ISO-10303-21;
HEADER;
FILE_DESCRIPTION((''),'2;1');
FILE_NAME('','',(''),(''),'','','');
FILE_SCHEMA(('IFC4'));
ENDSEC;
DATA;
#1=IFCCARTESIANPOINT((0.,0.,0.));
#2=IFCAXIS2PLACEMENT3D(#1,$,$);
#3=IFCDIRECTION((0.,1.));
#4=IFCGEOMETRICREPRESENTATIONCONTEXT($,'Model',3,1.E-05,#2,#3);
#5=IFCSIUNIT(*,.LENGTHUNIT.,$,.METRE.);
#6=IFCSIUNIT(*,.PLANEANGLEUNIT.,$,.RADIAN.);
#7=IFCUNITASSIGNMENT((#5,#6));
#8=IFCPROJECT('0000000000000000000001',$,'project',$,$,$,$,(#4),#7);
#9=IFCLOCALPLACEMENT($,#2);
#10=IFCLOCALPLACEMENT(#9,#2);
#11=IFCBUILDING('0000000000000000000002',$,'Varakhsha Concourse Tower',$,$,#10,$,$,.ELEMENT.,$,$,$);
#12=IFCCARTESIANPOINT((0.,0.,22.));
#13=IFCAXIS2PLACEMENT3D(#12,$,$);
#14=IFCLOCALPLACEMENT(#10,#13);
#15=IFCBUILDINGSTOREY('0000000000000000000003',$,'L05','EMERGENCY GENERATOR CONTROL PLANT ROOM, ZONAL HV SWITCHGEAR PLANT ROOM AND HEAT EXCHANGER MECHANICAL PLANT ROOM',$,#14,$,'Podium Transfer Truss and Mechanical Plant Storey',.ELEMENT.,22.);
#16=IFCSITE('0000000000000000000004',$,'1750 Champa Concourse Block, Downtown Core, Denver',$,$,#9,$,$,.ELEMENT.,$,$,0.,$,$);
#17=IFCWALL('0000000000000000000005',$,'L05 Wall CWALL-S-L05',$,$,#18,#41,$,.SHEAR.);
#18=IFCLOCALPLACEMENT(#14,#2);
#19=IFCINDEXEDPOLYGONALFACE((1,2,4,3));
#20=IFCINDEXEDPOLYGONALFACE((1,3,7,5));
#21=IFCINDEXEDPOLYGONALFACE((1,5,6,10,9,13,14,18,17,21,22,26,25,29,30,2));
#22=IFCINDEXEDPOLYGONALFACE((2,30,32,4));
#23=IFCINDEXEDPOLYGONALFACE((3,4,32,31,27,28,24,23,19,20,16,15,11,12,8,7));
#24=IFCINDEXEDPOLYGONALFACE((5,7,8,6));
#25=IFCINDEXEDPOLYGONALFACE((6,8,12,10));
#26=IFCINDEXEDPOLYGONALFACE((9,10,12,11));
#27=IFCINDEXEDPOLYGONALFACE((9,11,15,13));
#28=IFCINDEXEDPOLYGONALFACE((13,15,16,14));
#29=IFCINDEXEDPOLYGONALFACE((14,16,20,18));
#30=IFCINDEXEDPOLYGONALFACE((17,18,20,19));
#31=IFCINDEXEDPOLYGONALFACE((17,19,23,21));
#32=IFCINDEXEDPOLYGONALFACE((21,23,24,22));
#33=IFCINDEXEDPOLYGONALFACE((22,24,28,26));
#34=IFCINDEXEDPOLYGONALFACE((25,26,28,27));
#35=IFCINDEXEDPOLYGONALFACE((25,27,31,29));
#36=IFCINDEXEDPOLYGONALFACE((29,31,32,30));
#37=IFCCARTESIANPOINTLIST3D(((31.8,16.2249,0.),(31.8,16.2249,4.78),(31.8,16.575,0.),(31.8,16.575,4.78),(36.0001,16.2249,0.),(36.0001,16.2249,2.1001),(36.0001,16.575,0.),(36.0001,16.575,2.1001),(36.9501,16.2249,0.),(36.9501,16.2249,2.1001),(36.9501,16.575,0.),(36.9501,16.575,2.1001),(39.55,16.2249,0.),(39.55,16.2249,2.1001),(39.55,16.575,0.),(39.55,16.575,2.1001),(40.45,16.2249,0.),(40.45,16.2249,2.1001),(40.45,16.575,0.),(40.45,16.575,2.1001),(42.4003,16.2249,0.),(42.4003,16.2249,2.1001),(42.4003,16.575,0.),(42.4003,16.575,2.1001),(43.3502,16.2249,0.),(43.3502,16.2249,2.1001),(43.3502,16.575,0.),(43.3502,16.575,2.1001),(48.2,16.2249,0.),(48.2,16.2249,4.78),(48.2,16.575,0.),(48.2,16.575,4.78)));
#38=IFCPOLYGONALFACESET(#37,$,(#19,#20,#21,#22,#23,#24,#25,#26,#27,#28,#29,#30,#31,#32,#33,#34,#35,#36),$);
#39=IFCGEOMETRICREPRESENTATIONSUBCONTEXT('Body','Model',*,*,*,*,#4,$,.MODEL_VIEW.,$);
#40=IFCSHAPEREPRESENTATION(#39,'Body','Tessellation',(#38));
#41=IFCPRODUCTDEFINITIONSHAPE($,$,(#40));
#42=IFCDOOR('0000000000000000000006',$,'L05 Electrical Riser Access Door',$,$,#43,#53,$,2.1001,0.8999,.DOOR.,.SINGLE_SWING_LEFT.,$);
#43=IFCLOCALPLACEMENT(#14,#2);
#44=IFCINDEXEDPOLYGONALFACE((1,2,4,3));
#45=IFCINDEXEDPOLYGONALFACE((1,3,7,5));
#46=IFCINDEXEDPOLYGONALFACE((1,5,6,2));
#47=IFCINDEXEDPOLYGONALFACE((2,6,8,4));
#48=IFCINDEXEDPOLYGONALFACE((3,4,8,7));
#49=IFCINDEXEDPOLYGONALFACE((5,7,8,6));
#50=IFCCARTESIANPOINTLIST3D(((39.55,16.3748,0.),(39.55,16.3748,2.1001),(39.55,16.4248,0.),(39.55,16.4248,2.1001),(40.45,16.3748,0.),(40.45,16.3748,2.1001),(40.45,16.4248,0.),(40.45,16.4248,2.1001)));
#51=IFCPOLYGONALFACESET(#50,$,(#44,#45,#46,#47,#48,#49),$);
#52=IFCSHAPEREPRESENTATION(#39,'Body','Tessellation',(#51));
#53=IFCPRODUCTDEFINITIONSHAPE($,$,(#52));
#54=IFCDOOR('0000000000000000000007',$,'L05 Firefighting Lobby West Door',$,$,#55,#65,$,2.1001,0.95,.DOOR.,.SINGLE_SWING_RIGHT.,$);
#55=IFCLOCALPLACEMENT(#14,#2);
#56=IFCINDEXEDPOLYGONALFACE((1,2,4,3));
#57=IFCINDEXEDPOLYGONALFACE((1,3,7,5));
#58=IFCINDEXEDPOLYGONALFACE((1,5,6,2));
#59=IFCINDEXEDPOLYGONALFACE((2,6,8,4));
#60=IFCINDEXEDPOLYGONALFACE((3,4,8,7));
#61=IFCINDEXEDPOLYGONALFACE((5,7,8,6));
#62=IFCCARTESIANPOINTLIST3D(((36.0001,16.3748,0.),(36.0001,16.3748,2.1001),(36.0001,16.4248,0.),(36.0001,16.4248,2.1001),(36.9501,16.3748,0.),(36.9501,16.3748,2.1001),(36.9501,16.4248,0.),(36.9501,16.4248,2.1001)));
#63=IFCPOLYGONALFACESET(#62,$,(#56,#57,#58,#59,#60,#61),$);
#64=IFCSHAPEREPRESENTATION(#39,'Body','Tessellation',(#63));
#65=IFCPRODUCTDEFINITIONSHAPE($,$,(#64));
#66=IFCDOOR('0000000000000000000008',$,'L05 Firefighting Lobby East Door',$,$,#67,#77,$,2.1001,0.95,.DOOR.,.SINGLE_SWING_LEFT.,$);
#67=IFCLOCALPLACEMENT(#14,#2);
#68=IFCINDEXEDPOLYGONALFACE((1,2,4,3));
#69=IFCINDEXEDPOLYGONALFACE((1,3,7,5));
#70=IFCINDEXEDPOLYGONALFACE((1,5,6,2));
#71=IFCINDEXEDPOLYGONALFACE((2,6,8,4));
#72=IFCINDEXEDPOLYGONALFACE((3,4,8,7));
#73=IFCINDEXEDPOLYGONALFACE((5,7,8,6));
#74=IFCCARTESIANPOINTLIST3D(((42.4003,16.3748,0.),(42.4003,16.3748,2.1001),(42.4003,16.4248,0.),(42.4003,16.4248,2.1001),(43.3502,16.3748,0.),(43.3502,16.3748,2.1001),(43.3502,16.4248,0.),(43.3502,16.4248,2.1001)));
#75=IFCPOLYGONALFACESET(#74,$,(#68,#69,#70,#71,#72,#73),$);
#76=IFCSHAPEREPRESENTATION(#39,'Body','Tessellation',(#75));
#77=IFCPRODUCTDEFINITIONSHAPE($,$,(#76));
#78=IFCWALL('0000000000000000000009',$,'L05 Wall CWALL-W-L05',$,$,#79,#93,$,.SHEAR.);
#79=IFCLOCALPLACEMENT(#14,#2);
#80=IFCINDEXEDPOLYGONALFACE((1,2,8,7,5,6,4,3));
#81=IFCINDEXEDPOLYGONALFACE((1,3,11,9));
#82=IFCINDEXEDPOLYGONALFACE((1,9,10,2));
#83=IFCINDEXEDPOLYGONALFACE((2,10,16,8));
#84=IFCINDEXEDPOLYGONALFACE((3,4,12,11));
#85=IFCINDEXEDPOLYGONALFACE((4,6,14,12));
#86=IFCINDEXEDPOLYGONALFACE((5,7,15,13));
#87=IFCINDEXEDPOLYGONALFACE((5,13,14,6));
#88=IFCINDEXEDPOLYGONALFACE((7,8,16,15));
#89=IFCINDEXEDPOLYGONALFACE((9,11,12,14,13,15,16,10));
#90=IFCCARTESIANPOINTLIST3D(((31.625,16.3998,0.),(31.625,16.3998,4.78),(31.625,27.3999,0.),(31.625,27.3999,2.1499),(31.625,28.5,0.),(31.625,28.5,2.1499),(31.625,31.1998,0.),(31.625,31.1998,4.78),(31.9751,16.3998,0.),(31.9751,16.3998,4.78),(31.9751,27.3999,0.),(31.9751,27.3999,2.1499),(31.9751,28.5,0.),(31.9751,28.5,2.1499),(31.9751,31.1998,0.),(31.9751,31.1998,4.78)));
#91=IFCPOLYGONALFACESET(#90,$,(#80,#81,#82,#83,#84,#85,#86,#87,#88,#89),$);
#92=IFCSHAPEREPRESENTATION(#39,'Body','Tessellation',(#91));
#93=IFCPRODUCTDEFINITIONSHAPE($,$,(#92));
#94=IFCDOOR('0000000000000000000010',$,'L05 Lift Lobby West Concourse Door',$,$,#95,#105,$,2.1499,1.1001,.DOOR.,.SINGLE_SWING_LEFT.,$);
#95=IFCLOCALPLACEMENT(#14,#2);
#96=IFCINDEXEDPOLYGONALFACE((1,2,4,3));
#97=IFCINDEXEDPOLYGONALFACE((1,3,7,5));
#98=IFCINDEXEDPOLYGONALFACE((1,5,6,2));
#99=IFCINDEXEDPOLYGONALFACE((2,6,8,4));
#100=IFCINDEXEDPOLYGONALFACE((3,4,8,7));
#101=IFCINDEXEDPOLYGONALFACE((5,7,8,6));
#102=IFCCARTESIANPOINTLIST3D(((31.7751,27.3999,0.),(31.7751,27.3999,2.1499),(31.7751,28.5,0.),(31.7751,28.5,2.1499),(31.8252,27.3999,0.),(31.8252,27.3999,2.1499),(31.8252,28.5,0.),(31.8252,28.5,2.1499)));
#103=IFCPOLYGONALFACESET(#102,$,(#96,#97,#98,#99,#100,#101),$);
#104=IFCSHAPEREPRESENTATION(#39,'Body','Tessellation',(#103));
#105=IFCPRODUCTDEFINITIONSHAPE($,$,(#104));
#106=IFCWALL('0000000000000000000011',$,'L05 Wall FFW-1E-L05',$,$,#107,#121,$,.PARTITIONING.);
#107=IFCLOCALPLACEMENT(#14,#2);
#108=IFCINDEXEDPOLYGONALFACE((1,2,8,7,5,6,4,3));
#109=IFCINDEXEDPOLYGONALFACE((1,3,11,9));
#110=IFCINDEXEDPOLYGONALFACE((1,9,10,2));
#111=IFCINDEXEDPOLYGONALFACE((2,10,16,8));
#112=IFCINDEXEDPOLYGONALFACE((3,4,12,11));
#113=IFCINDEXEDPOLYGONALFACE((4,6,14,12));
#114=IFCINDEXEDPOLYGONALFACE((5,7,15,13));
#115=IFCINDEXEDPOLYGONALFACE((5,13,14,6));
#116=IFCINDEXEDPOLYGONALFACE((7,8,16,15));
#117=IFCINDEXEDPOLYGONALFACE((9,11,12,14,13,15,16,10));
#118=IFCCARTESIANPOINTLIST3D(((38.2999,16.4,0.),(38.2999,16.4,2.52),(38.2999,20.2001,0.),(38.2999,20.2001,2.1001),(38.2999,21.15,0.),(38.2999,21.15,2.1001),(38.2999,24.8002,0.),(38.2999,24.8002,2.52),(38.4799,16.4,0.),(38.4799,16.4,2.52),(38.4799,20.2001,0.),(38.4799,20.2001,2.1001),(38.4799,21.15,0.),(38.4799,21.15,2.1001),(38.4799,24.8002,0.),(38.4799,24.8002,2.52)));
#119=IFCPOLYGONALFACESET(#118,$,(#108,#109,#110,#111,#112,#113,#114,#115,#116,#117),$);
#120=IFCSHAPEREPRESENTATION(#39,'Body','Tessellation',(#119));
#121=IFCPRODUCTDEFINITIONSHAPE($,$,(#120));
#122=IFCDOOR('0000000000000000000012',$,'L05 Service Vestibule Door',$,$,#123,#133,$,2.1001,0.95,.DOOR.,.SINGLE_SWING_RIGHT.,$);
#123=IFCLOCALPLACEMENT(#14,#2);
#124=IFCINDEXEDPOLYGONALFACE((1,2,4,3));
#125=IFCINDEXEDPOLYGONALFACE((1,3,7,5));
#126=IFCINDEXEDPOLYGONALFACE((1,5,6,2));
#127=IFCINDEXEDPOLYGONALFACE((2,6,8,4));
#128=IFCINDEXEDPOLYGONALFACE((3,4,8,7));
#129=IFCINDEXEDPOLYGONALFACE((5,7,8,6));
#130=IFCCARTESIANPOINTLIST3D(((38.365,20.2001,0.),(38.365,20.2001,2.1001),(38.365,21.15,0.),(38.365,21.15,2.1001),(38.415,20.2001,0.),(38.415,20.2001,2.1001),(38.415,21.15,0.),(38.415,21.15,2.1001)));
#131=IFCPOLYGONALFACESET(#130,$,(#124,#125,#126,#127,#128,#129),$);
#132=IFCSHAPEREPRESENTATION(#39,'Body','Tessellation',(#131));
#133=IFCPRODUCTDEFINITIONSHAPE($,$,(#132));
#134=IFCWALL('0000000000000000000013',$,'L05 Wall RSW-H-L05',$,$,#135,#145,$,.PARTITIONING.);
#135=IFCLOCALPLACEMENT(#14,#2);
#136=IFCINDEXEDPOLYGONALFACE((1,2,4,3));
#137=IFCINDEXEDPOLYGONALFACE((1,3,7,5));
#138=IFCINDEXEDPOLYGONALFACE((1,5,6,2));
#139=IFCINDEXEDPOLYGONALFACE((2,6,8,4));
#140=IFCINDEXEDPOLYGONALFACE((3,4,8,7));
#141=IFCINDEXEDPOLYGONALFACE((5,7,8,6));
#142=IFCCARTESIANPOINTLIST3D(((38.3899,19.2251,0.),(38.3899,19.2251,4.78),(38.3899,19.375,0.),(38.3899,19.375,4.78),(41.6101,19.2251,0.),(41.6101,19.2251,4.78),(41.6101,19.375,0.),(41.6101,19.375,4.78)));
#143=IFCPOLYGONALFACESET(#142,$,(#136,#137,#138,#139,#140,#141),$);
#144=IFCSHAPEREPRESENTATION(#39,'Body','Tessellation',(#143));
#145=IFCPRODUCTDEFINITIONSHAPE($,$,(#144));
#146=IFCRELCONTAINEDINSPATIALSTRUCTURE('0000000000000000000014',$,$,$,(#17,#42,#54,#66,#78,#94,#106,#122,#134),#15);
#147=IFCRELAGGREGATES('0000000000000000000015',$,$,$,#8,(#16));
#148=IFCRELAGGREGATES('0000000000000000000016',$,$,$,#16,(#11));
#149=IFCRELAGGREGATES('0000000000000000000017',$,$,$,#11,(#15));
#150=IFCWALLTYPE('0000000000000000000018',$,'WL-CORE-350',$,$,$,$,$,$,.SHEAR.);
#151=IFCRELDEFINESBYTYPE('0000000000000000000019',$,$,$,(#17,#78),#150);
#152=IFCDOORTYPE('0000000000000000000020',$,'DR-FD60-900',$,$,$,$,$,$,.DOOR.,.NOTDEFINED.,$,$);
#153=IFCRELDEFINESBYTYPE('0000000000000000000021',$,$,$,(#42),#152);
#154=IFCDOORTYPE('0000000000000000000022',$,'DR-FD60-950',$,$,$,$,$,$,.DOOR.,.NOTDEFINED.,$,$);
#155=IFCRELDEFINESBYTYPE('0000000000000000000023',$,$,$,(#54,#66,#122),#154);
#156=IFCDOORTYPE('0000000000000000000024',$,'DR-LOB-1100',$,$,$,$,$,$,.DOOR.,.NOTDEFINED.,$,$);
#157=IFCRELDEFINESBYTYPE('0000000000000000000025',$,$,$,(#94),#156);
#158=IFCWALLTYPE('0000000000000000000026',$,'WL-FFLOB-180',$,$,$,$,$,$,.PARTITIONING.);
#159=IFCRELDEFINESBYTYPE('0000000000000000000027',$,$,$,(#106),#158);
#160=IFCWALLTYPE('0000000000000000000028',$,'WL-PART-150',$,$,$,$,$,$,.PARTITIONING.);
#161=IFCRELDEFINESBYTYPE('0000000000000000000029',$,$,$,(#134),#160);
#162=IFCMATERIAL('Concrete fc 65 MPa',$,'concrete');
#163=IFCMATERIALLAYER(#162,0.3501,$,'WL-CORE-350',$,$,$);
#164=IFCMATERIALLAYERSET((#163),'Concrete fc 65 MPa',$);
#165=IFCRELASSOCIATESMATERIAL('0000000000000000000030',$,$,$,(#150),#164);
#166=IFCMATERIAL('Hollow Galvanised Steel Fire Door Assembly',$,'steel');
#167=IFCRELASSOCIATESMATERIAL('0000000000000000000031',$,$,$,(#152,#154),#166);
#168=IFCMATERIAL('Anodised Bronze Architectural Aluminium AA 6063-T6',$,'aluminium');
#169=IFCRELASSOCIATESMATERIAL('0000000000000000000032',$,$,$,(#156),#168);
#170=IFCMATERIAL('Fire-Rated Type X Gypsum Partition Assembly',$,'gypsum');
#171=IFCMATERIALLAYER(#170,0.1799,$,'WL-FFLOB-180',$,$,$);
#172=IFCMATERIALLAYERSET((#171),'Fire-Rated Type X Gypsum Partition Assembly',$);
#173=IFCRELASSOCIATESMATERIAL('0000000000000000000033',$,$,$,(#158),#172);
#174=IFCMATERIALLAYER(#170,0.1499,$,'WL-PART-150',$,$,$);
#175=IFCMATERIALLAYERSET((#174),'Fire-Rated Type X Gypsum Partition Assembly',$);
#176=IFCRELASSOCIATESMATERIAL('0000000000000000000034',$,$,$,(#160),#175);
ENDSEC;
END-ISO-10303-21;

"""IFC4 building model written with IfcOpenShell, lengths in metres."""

from ifc_helpers import new_model, si_unit, direction, frame, frame_2d, origin, place, context, subcontext, project, spatial, rectangle, extrude, material, layer, layer_set, type_object, element, fill, save


model = new_model("IFC4")

# Units and contexts
model_context = context("Model", 3, precision=1e-05, world=origin(), true_north=direction((0.0, 1.0)))
body_context = subcontext(model_context, "Body", "Model", "MODEL_VIEW")
ifc_project = project(units=[si_unit("LENGTHUNIT", "METRE"), si_unit("PLANEANGLEUNIT", "RADIAN")], contexts=[model_context])

# Site, building, storey
site_placement = place(None, origin())
site = spatial("IfcSite", under=ifc_project, at=site_placement, Name="1750 Champa Concourse Block, Downtown Core, Denver", CompositionType="ELEMENT", RefElevation=0.0)
building_placement = place(site_placement, origin())
building = spatial("IfcBuilding", under=site, at=building_placement, Name="Varakhsha Concourse Tower", CompositionType="ELEMENT")
storey_placement = place(building_placement, frame((0.0, 0.0, 22.0)))
storey = spatial("IfcBuildingStorey", under=building, at=storey_placement, Name="L05", Description="EMERGENCY GENERATOR CONTROL PLANT ROOM, ZONAL HV SWITCHGEAR PLANT ROOM AND HEAT EXCHANGER MECHANICAL PLANT ROOM", LongName="Podium Transfer Truss and Mechanical Plant Storey", CompositionType="ELEMENT", Elevation=22.0)

# Shared definitions
ifc_material_1 = material(Name="Concrete fc 65 MPa", Category="concrete")

# Wall, openings, doors
ifc_layer_1 = layer(ifc_material_1, 0.3501, Name="WL-CORE-350")
ifc_layer_set_1 = layer_set([ifc_layer_1], Name="Concrete fc 65 MPa")
wall_type_1 = type_object("IfcWallType", Name="WL-CORE-350", PredefinedType="SHEAR", material=ifc_layer_set_1)
wall_1_placement = place(storey_placement, frame((31.8, 16.3999, 0.0), z_axis=(0.0, 0.0, 1.0), x_axis=(1.0, 0.0, 0.0)))
wall_1 = element("IfcWall", 1, at=wall_1_placement, inside=storey, type_object=wall_type_1, Name="L05 Wall CWALL-S-L05", PredefinedType="SHEAR", context=body_context, shape_type="SweptSolid", body=[
    extrude(rectangle(XDim=16.3999, YDim=0.3501, at=frame_2d((8.2, 0.0))), origin(), (0.0, 0.0, 1.0), 4.78),
])
opening_1_placement = place(wall_1_placement, frame((7.75, 0.0, 0.0)))
opening_1 = element("IfcOpeningElement", 2, at=opening_1_placement, cuts=wall_1, PredefinedType="OPENING", context=body_context, shape_type="SweptSolid", body=[
    extrude(rectangle(XDim=0.8999, YDim=2.1001, at=frame_2d((0.45, 1.05))), frame((0.0, 0.1851, 0.0), z_axis=(0.0, -1.0, 0.0), x_axis=(1.0, 0.0, 0.0)), (0.0, 0.0, 1.0), 0.3701),
])
opening_2_placement = place(wall_1_placement, frame((4.2, 0.0, 0.0)))
opening_2 = element("IfcOpeningElement", 3, at=opening_2_placement, cuts=wall_1, PredefinedType="OPENING", context=body_context, shape_type="SweptSolid", body=[
    extrude(rectangle(XDim=0.95, YDim=2.1001, at=frame_2d((0.4751, 1.05))), frame((0.0, 0.1851, 0.0), z_axis=(0.0, -1.0, 0.0), x_axis=(1.0, 0.0, 0.0)), (0.0, 0.0, 1.0), 0.3701),
])
opening_3_placement = place(wall_1_placement, frame((10.6001, 0.0, 0.0)))
opening_3 = element("IfcOpeningElement", 4, at=opening_3_placement, cuts=wall_1, PredefinedType="OPENING", context=body_context, shape_type="SweptSolid", body=[
    extrude(rectangle(XDim=0.95, YDim=2.1001, at=frame_2d((0.4751, 1.05))), frame((0.0, 0.1851, 0.0), z_axis=(0.0, -1.0, 0.0), x_axis=(1.0, 0.0, 0.0)), (0.0, 0.0, 1.0), 0.3701),
])
ifc_material_2 = material(Name="Hollow Galvanised Steel Fire Door Assembly", Category="steel")
door_type_1 = type_object("IfcDoorType", Name="DR-FD60-900", OperationType="NOTDEFINED", PredefinedType="DOOR", material=ifc_material_2)
door_1_placement = place(opening_1_placement, origin())
door_1 = element("IfcDoor", 5, at=door_1_placement, inside=storey, type_object=door_type_1, Name="L05 Electrical Riser Access Door", OperationType="SINGLE_SWING_LEFT", OverallHeight=2.1001, OverallWidth=0.8999, PredefinedType="DOOR", context=body_context, shape_type="SweptSolid", body=[
    extrude(rectangle(XDim=0.8999, YDim=2.1001, at=frame_2d((0.45, 1.05))), frame((0.0, 0.0249, 0.0), z_axis=(0.0, -1.0, 0.0), x_axis=(1.0, 0.0, 0.0)), (0.0, 0.0, 1.0), 0.05),
])
fill(opening_1, door_1)
door_type_2 = type_object("IfcDoorType", Name="DR-FD60-950", OperationType="NOTDEFINED", PredefinedType="DOOR", material=ifc_material_2)
door_2_placement = place(opening_2_placement, origin())
door_2 = element("IfcDoor", 6, at=door_2_placement, inside=storey, type_object=door_type_2, Name="L05 Firefighting Lobby West Door", OperationType="SINGLE_SWING_RIGHT", OverallHeight=2.1001, OverallWidth=0.95, PredefinedType="DOOR", context=body_context, shape_type="SweptSolid", body=[
    extrude(rectangle(XDim=0.95, YDim=2.1001, at=frame_2d((0.4751, 1.05))), frame((0.0, 0.0249, 0.0), z_axis=(0.0, -1.0, 0.0), x_axis=(1.0, 0.0, 0.0)), (0.0, 0.0, 1.0), 0.05),
])
fill(opening_2, door_2)
door_3_placement = place(opening_3_placement, origin())
door_3 = element("IfcDoor", 7, at=door_3_placement, inside=storey, type_object=door_type_2, Name="L05 Firefighting Lobby East Door", OperationType="SINGLE_SWING_LEFT", OverallHeight=2.1001, OverallWidth=0.95, PredefinedType="DOOR", context=body_context, shape_type="SweptSolid", body=[
    extrude(rectangle(XDim=0.95, YDim=2.1001, at=frame_2d((0.4751, 1.05))), frame((0.0, 0.0249, 0.0), z_axis=(0.0, -1.0, 0.0), x_axis=(1.0, 0.0, 0.0)), (0.0, 0.0, 1.0), 0.05),
])
fill(opening_3, door_3)

# Walls, openings, doors
wall_2_placement = place(storey_placement, frame((31.8, 16.3999, 0.0), z_axis=(0.0, 0.0, 1.0), x_axis=(0.0, 1.0, 0.0)))
wall_2 = element("IfcWall", 8, at=wall_2_placement, inside=storey, type_object=wall_type_1, Name="L05 Wall CWALL-W-L05", PredefinedType="SHEAR", context=body_context, shape_type="SweptSolid", body=[
    extrude(rectangle(XDim=14.8, YDim=0.3501, at=frame_2d((7.3999, 0.0))), origin(), (0.0, 0.0, 1.0), 4.78),
])
opening_4_placement = place(wall_2_placement, frame((11.0, 0.0, 0.0)))
opening_4 = element("IfcOpeningElement", 9, at=opening_4_placement, cuts=wall_2, PredefinedType="OPENING", context=body_context, shape_type="SweptSolid", body=[
    extrude(rectangle(XDim=1.1001, YDim=2.1499, at=frame_2d((0.55, 1.075))), frame((0.0, 0.1851, 0.0), z_axis=(0.0, -1.0, 0.0), x_axis=(1.0, 0.0, 0.0)), (0.0, 0.0, 1.0), 0.3701),
])
ifc_material_3 = material(Name="Anodised Bronze Architectural Aluminium AA 6063-T6", Category="aluminium")
door_type_3 = type_object("IfcDoorType", Name="DR-LOB-1100", OperationType="NOTDEFINED", PredefinedType="DOOR", material=ifc_material_3)
door_4_placement = place(opening_4_placement, origin())
door_4 = element("IfcDoor", 10, at=door_4_placement, inside=storey, type_object=door_type_3, Name="L05 Lift Lobby West Concourse Door", OperationType="SINGLE_SWING_LEFT", OverallHeight=2.1499, OverallWidth=1.1001, PredefinedType="DOOR", context=body_context, shape_type="SweptSolid", body=[
    extrude(rectangle(XDim=1.1001, YDim=2.1499, at=frame_2d((0.55, 1.075))), frame((0.0, 0.0249, 0.0), z_axis=(0.0, -1.0, 0.0), x_axis=(1.0, 0.0, 0.0)), (0.0, 0.0, 1.0), 0.05),
])
fill(opening_4, door_4)
ifc_material_4 = material(Name="Fire-Rated Type X Gypsum Partition Assembly", Category="gypsum")
ifc_layer_2 = layer(ifc_material_4, 0.1799, Name="WL-FFLOB-180")
ifc_layer_set_2 = layer_set([ifc_layer_2], Name="Fire-Rated Type X Gypsum Partition Assembly")
wall_type_2 = type_object("IfcWallType", Name="WL-FFLOB-180", PredefinedType="PARTITIONING", material=ifc_layer_set_2)
wall_3_placement = place(storey_placement, frame((38.3899, 16.3999, 0.0), z_axis=(0.0, 0.0, 1.0), x_axis=(0.0, 1.0, 0.0)))
wall_3 = element("IfcWall", 11, at=wall_3_placement, inside=storey, type_object=wall_type_2, Name="L05 Wall FFW-1E-L05", PredefinedType="PARTITIONING", context=body_context, shape_type="SweptSolid", body=[
    extrude(rectangle(XDim=8.4001, YDim=0.1799, at=frame_2d((4.2002, 0.0))), origin(), (0.0, 0.0, 1.0), 2.52),
])
opening_5_placement = place(wall_3_placement, frame((3.8, 0.0, 0.0)))
opening_5 = element("IfcOpeningElement", 12, at=opening_5_placement, cuts=wall_3, PredefinedType="OPENING", context=body_context, shape_type="SweptSolid", body=[
    extrude(rectangle(XDim=0.95, YDim=2.1001, at=frame_2d((0.4751, 1.05))), frame((0.0, 0.0999, 0.0), z_axis=(0.0, -1.0, 0.0), x_axis=(1.0, 0.0, 0.0)), (0.0, 0.0, 1.0), 0.2),
])
door_5_placement = place(opening_5_placement, origin())
door_5 = element("IfcDoor", 13, at=door_5_placement, inside=storey, type_object=door_type_2, Name="L05 Service Vestibule Door", OperationType="SINGLE_SWING_RIGHT", OverallHeight=2.1001, OverallWidth=0.95, PredefinedType="DOOR", context=body_context, shape_type="SweptSolid", body=[
    extrude(rectangle(XDim=0.95, YDim=2.1001, at=frame_2d((0.4751, 1.05))), frame((0.0, 0.0249, 0.0), z_axis=(0.0, -1.0, 0.0), x_axis=(1.0, 0.0, 0.0)), (0.0, 0.0, 1.0), 0.05),
])
fill(opening_5, door_5)

# Wall
ifc_layer_3 = layer(ifc_material_4, 0.1499, Name="WL-PART-150")
ifc_layer_set_3 = layer_set([ifc_layer_3], Name="Fire-Rated Type X Gypsum Partition Assembly")
wall_type_3 = type_object("IfcWallType", Name="WL-PART-150", PredefinedType="PARTITIONING", material=ifc_layer_set_3)
wall_4_placement = place(storey_placement, frame((38.3899, 19.3, 0.0), z_axis=(0.0, 0.0, 1.0), x_axis=(1.0, 0.0, 0.0)))
element("IfcWall", 14, at=wall_4_placement, inside=storey, type_object=wall_type_3, Name="L05 Wall RSW-H-L05", PredefinedType="PARTITIONING", context=body_context, shape_type="SweptSolid", body=[
    extrude(rectangle(XDim=3.2202, YDim=0.1499, at=frame_2d((1.6101, 0.0))), origin(), (0.0, 0.0, 1.0), 4.78),
])

save(model, "model.ifc")
